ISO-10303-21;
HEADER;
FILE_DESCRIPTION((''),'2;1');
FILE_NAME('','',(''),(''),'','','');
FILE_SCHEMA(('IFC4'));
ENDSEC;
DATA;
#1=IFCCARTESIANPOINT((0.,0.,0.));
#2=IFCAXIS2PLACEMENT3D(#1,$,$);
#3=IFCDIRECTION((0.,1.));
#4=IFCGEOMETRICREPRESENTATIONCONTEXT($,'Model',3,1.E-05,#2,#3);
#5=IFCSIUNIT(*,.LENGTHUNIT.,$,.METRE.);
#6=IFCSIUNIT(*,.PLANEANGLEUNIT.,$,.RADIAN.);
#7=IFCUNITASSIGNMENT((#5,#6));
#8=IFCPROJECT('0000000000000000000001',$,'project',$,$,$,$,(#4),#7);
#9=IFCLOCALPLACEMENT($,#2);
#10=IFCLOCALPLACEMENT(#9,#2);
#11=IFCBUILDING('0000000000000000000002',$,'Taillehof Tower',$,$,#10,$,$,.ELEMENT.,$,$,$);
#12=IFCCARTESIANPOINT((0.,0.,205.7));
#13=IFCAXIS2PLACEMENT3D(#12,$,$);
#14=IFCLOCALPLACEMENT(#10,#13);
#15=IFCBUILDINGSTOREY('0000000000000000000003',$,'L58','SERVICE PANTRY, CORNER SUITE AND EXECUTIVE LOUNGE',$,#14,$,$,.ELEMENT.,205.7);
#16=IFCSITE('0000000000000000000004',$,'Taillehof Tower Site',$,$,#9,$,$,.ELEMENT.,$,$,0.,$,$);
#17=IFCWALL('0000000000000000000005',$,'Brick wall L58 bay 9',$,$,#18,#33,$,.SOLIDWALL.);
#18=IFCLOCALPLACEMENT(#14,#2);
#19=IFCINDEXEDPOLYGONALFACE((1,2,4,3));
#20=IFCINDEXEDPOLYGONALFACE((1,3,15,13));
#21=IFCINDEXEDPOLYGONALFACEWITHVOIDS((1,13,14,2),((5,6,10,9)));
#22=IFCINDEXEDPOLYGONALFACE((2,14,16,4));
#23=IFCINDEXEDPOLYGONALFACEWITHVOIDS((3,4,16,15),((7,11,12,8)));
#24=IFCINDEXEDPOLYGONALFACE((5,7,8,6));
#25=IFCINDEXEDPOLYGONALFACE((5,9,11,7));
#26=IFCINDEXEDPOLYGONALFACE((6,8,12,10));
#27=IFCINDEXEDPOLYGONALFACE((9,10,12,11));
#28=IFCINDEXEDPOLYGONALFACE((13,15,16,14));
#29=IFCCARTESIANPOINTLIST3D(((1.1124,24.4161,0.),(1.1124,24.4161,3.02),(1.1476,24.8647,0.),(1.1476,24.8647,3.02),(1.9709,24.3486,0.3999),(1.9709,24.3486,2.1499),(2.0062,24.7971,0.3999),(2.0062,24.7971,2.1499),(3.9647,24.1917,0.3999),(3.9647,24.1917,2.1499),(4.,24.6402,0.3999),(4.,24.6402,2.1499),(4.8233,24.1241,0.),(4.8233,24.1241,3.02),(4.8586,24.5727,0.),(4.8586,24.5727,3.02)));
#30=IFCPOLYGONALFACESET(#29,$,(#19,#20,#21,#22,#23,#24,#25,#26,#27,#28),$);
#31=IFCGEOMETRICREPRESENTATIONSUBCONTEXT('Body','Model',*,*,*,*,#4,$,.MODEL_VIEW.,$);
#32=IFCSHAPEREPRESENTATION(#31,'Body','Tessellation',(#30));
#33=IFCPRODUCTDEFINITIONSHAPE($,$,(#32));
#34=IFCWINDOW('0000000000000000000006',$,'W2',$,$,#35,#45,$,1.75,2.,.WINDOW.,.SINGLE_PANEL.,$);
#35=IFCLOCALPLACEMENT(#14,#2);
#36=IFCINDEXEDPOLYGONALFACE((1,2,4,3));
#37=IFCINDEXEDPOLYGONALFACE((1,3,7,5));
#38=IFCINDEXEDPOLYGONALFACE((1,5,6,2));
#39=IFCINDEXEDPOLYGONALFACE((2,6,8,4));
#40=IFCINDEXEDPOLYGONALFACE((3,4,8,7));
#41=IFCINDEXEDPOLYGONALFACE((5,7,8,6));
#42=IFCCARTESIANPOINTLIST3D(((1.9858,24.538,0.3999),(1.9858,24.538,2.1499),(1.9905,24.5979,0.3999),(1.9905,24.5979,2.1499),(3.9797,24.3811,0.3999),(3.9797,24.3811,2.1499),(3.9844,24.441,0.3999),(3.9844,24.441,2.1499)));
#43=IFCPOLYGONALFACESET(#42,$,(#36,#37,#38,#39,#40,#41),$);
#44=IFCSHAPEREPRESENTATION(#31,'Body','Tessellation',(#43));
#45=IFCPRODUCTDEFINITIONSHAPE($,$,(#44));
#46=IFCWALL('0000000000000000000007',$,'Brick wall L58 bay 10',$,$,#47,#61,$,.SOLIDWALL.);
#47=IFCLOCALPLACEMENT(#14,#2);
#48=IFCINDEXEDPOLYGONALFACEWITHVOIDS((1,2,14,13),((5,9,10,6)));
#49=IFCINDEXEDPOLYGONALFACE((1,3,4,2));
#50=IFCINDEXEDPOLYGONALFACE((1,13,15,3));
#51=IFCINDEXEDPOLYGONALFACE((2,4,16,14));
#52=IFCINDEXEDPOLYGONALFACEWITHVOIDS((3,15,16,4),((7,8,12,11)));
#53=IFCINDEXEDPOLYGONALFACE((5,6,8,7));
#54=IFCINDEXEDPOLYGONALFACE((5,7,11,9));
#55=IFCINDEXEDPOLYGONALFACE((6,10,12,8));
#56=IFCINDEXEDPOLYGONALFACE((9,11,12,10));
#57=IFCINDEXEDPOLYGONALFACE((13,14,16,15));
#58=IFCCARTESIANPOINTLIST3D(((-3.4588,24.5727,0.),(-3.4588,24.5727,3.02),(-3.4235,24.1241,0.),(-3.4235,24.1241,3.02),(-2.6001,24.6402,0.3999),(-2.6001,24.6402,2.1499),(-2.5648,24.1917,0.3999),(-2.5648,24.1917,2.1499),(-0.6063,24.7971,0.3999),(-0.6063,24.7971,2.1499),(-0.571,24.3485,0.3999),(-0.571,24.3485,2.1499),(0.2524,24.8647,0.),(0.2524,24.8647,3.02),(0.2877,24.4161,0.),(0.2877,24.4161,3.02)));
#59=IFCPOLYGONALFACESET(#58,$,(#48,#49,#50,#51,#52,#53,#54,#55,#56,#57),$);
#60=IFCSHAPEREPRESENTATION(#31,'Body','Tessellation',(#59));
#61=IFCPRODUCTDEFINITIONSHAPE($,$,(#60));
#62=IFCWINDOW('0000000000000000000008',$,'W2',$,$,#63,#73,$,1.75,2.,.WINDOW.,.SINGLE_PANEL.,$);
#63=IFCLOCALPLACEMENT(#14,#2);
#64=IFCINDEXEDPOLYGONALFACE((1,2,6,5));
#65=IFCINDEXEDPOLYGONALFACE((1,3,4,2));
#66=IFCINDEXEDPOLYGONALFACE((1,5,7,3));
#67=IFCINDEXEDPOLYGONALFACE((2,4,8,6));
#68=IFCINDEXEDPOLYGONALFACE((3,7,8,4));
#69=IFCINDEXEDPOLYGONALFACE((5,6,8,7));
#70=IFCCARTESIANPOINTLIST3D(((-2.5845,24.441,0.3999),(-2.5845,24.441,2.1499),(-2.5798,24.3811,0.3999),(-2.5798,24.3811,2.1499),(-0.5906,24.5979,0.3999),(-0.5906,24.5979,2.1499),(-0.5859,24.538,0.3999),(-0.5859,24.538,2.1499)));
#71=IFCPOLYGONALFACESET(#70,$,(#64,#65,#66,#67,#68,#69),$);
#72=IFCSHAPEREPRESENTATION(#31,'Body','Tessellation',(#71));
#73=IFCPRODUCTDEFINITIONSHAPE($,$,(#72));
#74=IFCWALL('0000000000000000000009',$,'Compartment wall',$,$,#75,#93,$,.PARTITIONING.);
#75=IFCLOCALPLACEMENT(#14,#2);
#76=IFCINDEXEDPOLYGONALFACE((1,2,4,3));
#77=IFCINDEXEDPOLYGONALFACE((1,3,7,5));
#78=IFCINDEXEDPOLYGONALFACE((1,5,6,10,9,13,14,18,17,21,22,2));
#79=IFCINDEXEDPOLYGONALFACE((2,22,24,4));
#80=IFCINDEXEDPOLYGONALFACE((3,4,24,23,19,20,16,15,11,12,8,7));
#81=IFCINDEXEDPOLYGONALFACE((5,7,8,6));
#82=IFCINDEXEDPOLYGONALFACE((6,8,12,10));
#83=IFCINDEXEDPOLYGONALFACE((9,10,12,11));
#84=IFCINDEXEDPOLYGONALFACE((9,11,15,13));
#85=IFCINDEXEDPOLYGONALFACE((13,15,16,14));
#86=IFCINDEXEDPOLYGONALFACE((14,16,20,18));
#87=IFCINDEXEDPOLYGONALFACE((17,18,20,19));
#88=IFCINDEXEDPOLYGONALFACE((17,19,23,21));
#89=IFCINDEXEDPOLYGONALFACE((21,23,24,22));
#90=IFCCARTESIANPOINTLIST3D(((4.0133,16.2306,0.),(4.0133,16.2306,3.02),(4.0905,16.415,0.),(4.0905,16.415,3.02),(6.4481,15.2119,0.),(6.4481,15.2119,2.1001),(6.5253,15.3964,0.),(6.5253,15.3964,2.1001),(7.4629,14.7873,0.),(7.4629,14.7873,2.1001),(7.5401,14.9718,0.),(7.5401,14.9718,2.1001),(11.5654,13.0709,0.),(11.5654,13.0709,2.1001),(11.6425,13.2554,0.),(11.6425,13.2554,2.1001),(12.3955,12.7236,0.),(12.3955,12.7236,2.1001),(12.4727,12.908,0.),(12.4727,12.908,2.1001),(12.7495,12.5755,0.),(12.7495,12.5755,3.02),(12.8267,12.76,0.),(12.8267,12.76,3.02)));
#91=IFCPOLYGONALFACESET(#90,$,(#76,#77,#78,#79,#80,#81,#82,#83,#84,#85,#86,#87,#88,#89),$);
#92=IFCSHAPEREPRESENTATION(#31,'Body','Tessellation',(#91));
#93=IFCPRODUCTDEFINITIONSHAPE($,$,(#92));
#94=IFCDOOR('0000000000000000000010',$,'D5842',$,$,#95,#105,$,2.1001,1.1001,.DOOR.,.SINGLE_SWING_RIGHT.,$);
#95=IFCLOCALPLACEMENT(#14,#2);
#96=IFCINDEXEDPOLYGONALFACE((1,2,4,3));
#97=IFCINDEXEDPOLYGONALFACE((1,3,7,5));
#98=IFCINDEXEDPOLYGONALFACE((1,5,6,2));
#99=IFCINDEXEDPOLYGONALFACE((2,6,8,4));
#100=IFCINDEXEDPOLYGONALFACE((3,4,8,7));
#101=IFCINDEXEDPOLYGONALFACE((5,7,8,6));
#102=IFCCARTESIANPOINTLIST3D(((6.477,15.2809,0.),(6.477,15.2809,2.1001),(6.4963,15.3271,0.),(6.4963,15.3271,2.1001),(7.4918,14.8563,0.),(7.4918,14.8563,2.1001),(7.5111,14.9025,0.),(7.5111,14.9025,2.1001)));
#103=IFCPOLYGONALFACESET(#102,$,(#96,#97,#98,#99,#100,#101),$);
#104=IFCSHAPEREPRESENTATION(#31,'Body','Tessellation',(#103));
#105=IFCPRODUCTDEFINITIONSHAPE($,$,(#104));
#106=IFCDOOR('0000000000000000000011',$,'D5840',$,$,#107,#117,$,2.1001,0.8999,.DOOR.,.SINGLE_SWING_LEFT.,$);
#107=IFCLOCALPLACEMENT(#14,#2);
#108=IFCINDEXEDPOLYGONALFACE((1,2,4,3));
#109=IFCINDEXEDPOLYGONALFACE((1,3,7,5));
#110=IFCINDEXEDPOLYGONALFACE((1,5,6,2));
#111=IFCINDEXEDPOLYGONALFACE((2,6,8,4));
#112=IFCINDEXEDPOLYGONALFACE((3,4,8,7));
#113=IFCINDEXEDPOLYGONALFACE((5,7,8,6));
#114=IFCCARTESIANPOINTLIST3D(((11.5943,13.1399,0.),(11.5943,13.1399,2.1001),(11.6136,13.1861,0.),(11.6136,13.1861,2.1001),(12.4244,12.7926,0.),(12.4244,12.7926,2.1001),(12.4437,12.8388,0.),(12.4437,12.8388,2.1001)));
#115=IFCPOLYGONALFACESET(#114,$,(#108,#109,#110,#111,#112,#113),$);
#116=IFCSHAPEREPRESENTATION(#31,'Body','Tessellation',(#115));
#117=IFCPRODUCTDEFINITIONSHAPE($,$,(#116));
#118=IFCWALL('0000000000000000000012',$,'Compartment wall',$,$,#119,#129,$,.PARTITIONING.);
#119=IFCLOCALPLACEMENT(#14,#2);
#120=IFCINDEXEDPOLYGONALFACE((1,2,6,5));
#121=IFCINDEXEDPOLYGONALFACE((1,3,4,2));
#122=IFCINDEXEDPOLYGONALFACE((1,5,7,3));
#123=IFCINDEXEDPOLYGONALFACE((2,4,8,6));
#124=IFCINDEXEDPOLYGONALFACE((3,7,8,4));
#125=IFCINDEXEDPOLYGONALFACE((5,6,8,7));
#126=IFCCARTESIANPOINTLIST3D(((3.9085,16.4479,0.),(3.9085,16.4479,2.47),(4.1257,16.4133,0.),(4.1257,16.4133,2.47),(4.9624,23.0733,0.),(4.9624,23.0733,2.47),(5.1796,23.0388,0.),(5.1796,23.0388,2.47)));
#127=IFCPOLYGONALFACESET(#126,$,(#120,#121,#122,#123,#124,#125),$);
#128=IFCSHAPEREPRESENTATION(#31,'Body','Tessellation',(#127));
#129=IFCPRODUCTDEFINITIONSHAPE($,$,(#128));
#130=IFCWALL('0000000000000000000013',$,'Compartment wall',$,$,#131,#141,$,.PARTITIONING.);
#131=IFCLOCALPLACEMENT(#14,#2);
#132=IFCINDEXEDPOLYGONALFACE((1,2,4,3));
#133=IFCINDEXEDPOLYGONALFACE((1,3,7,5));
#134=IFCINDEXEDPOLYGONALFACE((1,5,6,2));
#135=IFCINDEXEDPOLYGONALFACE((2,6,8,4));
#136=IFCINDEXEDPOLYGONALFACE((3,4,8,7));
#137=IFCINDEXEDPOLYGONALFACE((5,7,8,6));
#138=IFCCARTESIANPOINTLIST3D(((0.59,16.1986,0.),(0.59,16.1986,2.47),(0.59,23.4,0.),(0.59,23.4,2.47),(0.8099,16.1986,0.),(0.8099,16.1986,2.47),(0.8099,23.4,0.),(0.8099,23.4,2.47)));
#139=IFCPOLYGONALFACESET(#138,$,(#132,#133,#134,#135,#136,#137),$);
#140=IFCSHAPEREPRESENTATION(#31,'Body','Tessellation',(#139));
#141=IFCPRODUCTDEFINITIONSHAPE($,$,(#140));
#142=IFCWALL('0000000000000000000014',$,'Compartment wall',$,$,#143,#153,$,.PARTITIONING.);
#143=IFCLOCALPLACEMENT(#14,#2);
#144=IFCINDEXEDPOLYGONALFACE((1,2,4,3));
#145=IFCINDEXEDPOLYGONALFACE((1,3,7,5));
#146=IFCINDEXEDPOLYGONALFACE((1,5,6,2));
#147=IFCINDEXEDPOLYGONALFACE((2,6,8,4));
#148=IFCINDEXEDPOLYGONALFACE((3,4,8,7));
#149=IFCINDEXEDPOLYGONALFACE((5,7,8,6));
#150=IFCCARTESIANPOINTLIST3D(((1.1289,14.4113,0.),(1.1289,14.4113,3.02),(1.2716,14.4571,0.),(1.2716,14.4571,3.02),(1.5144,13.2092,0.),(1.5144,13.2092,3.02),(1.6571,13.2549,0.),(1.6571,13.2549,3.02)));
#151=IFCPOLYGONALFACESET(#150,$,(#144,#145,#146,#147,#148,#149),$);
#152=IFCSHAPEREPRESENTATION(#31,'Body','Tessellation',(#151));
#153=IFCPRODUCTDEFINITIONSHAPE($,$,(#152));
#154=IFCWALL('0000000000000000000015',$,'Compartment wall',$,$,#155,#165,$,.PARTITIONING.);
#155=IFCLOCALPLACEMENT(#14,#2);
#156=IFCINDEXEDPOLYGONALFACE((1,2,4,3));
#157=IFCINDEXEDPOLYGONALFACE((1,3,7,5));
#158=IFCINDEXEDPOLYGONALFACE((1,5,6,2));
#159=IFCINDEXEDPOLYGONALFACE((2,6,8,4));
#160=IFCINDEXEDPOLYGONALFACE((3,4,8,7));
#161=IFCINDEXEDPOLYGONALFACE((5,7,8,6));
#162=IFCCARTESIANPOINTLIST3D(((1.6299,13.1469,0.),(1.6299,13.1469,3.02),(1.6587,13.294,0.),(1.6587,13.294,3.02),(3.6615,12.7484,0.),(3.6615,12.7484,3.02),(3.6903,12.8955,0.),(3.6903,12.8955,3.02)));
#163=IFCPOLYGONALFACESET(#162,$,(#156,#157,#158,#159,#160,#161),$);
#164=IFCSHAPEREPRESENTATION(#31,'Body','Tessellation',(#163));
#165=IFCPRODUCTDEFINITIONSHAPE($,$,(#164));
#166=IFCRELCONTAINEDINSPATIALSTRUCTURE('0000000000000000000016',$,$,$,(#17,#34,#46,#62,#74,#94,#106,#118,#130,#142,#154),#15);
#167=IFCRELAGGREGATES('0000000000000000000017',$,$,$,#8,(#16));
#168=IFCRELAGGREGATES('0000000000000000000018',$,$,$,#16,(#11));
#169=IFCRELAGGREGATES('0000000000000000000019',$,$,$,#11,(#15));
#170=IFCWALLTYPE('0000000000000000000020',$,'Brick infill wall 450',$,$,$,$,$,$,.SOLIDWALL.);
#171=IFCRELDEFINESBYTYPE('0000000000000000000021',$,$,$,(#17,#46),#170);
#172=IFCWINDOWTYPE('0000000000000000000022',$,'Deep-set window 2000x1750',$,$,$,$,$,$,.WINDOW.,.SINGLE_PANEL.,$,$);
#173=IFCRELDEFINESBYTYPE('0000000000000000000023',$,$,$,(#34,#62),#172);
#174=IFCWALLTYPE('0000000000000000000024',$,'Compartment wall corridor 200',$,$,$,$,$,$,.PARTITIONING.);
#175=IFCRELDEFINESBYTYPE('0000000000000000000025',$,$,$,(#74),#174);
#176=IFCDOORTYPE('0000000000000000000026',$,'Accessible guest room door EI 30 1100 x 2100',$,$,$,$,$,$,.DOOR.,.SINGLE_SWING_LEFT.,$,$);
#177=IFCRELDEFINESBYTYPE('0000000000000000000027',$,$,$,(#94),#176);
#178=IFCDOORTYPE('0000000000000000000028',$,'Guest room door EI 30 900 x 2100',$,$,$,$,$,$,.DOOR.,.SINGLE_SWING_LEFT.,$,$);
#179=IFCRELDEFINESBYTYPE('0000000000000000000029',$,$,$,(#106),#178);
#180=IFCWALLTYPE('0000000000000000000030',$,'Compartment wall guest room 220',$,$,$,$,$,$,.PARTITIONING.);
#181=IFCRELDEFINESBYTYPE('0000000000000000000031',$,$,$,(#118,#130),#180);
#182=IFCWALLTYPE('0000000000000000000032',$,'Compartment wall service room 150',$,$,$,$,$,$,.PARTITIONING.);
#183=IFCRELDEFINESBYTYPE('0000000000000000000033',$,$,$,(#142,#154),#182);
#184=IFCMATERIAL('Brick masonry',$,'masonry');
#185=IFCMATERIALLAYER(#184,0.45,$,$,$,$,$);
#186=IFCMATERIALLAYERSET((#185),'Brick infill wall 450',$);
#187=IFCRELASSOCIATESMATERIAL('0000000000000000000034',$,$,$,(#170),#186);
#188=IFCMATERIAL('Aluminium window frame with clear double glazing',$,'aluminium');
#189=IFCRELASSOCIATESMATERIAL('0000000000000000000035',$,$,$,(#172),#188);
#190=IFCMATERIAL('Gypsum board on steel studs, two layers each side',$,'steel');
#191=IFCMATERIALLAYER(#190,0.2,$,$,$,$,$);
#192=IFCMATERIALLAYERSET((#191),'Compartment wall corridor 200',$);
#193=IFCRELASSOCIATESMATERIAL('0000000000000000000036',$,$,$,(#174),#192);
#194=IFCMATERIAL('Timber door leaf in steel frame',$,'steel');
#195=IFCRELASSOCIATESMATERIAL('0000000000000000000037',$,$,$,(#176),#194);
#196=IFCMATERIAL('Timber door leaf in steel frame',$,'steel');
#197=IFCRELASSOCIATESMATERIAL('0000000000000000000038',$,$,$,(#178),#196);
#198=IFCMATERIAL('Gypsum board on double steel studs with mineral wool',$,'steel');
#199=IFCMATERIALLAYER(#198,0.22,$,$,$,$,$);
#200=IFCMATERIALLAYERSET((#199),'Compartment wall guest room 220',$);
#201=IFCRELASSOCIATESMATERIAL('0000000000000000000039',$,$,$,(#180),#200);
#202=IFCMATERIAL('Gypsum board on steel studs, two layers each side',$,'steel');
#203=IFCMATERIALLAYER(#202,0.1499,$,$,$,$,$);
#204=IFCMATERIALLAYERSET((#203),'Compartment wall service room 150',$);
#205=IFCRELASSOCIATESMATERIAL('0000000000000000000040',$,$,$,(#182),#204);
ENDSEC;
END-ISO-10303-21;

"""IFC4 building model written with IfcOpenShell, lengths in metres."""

from ifc_helpers import new_model, si_unit, direction, frame, frame_2d, origin, place, context, subcontext, project, spatial, rectangle, extrude, material, layer, layer_set, type_object, element, fill, save


model = new_model("IFC4")

# Units and contexts
model_context = context("Model", 3, precision=1e-05, world=origin(), true_north=direction((0.0, 1.0)))
body_context = subcontext(model_context, "Body", "Model", "MODEL_VIEW")
ifc_project = project(units=[si_unit("LENGTHUNIT", "METRE"), si_unit("PLANEANGLEUNIT", "RADIAN")], contexts=[model_context])

# Site, building, storey
site_placement = place(None, origin())
site = spatial("IfcSite", under=ifc_project, at=site_placement, Name="Taillehof Tower Site", CompositionType="ELEMENT", RefElevation=0.0)
building_placement = place(site_placement, origin())
building = spatial("IfcBuilding", under=site, at=building_placement, Name="Taillehof Tower", CompositionType="ELEMENT")
storey_placement = place(building_placement, frame((0.0, 0.0, 205.7)))
storey = spatial("IfcBuildingStorey", under=building, at=storey_placement, Name="L58", Description="SERVICE PANTRY, CORNER SUITE AND EXECUTIVE LOUNGE", CompositionType="ELEMENT", Elevation=205.7)

# Walls, openings, windows
ifc_material_1 = material(Name="Brick masonry", Category="masonry")
ifc_layer_1 = layer(ifc_material_1, 0.45)
ifc_layer_set_1 = layer_set([ifc_layer_1], Name="Brick infill wall 450")
wall_type_1 = type_object("IfcWallType", Name="Brick infill wall 450", PredefinedType="SOLIDWALL", material=ifc_layer_set_1)
ifc_material_2 = material(Name="Aluminium window frame with clear double glazing", Category="aluminium")
window_type = type_object("IfcWindowType", Name="Deep-set window 2000x1750", PartitioningType="SINGLE_PANEL", PredefinedType="WINDOW", material=ifc_material_2)
wall_1_placement = place(storey_placement, frame((4.8411, 24.3484, 0.0), z_axis=(0.0, 0.0, 1.0), x_axis=(-0.996919, 0.078442, 0.0)))
wall_1 = element("IfcWall", 1, at=wall_1_placement, inside=storey, type_object=wall_type_1, Name="Brick wall L58 bay 9", PredefinedType="SOLIDWALL", context=body_context, shape_type="SweptSolid", body=[
    extrude(rectangle(XDim=3.7224, YDim=0.45, at=frame_2d((1.8613, 0.0))), origin(), (0.0, 0.0, 1.0), 3.02),
])
opening_1_placement = place(wall_1_placement, frame((0.8613, 0.0, 0.3999)))
opening_1 = element("IfcOpeningElement", 2, at=opening_1_placement, cuts=wall_1, PredefinedType="OPENING", context=body_context, shape_type="SweptSolid", body=[
    extrude(rectangle(XDim=2.0, YDim=1.75, at=frame_2d((1.0, 0.875))), frame((0.0, 0.2349, 0.0), z_axis=(0.0, -1.0, 0.0), x_axis=(1.0, 0.0, 0.0)), (0.0, 0.0, 1.0), 0.47),
])
window_1_placement = place(opening_1_placement, origin())
window_1 = element("IfcWindow", 3, at=window_1_placement, inside=storey, type_object=window_type, Name="W2", OverallHeight=1.75, OverallWidth=2.0, PartitioningType="SINGLE_PANEL", PredefinedType="WINDOW", context=body_context, shape_type="SweptSolid", body=[
    extrude(rectangle(XDim=2.0, YDim=1.75, at=frame_2d((1.0, 0.875))), frame((0.0, 0.0349, 0.0), z_axis=(0.0, -1.0, 0.0), x_axis=(1.0, 0.0, 0.0)), (0.0, 0.0, 1.0), 0.0601),
])
fill(opening_1, window_1)
wall_2_placement = place(storey_placement, frame((0.27, 24.6404, 0.0), z_axis=(0.0, 0.0, 1.0), x_axis=(-0.996919, -0.078437, 0.0)))
wall_2 = element("IfcWall", 4, at=wall_2_placement, inside=storey, type_object=wall_type_1, Name="Brick wall L58 bay 10", PredefinedType="SOLIDWALL", context=body_context, shape_type="SweptSolid", body=[
    extrude(rectangle(XDim=3.7227, YDim=0.45, at=frame_2d((1.8613, 0.0))), origin(), (0.0, 0.0, 1.0), 3.02),
])
opening_2_placement = place(wall_2_placement, frame((0.8613, 0.0, 0.3999)))
opening_2 = element("IfcOpeningElement", 5, at=opening_2_placement, cuts=wall_2, PredefinedType="OPENING", context=body_context, shape_type="SweptSolid", body=[
    extrude(rectangle(XDim=2.0, YDim=1.75, at=frame_2d((1.0, 0.875))), frame((0.0, 0.2349, 0.0), z_axis=(0.0, -1.0, 0.0), x_axis=(1.0, 0.0, 0.0)), (0.0, 0.0, 1.0), 0.47),
])
window_2_placement = place(opening_2_placement, origin())
window_2 = element("IfcWindow", 6, at=window_2_placement, inside=storey, type_object=window_type, Name="W2", OverallHeight=1.75, OverallWidth=2.0, PartitioningType="SINGLE_PANEL", PredefinedType="WINDOW", context=body_context, shape_type="SweptSolid", body=[
    extrude(rectangle(XDim=2.0, YDim=1.75, at=frame_2d((1.0, 0.875))), frame((0.0, 0.0349, 0.0), z_axis=(0.0, -1.0, 0.0), x_axis=(1.0, 0.0, 0.0)), (0.0, 0.0, 1.0), 0.0601),
])
fill(opening_2, window_2)

# Wall, openings, doors
ifc_material_3 = material(Name="Gypsum board on steel studs, two layers each side", Category="steel")
ifc_layer_2 = layer(ifc_material_3, 0.2)
ifc_layer_set_2 = layer_set([ifc_layer_2], Name="Compartment wall corridor 200")
wall_type_2 = type_object("IfcWallType", Name="Compartment wall corridor 200", PredefinedType="PARTITIONING", material=ifc_layer_set_2)
wall_3_placement = place(storey_placement, frame((4.052, 16.3228, 0.0), z_axis=(0.0, 0.0, 1.0), x_axis=(0.922514, -0.385964, 0.0)))
wall_3 = element("IfcWall", 7, at=wall_3_placement, inside=storey, type_object=wall_type_2, Name="Compartment wall", PredefinedType="PARTITIONING", context=body_context, shape_type="SweptSolid", body=[
    extrude(rectangle(XDim=9.47, YDim=0.2, at=frame_2d((4.7349, 0.0))), origin(), (0.0, 0.0, 1.0), 3.02),
])
opening_3_placement = place(wall_3_placement, frame((8.1863, 0.0, 0.0)))
opening_3 = element("IfcOpeningElement", 8, at=opening_3_placement, cuts=wall_3, PredefinedType="OPENING", context=body_context, shape_type="SweptSolid", body=[
    extrude(rectangle(XDim=0.8999, YDim=2.1001, at=frame_2d((0.45, 1.05))), frame((0.0, 0.1099, 0.0), z_axis=(0.0, -1.0, 0.0), x_axis=(1.0, 0.0, 0.0)), (0.0, 0.0, 1.0), 0.22),
])
opening_4_placement = place(wall_3_placement, frame((2.6392, 0.0, 0.0)))
opening_4 = element("IfcOpeningElement", 9, at=opening_4_placement, cuts=wall_3, PredefinedType="OPENING", context=body_context, shape_type="SweptSolid", body=[
    extrude(rectangle(XDim=1.1001, YDim=2.1001, at=frame_2d((0.55, 1.05))), frame((0.0, 0.1099, 0.0), z_axis=(0.0, -1.0, 0.0), x_axis=(1.0, 0.0, 0.0)), (0.0, 0.0, 1.0), 0.22),
])
ifc_material_4 = material(Name="Timber door leaf in steel frame", Category="steel")
door_type_1 = type_object("IfcDoorType", Name="Accessible guest room door EI 30 1100 x 2100", OperationType="SINGLE_SWING_LEFT", PredefinedType="DOOR", material=ifc_material_4)
door_1_placement = place(opening_4_placement, origin())
door_1 = element("IfcDoor", 10, at=door_1_placement, inside=storey, type_object=door_type_1, Name="D5842", OperationType="SINGLE_SWING_RIGHT", OverallHeight=2.1001, OverallWidth=1.1001, PredefinedType="DOOR", context=body_context, shape_type="SweptSolid", body=[
    extrude(rectangle(XDim=1.1001, YDim=2.1001, at=frame_2d((0.55, 1.05))), frame((0.0, 0.0249, 0.0), z_axis=(0.0, -1.0, 0.0), x_axis=(1.0, 0.0, 0.0)), (0.0, 0.0, 1.0), 0.05),
])
fill(opening_4, door_1)
ifc_material_5 = material(Name="Timber door leaf in steel frame", Category="steel")
door_type_2 = type_object("IfcDoorType", Name="Guest room door EI 30 900 x 2100", OperationType="SINGLE_SWING_LEFT", PredefinedType="DOOR", material=ifc_material_5)
door_2_placement = place(opening_3_placement, origin())
door_2 = element("IfcDoor", 11, at=door_2_placement, inside=storey, type_object=door_type_2, Name="D5840", OperationType="SINGLE_SWING_LEFT", OverallHeight=2.1001, OverallWidth=0.8999, PredefinedType="DOOR", context=body_context, shape_type="SweptSolid", body=[
    extrude(rectangle(XDim=0.8999, YDim=2.1001, at=frame_2d((0.45, 1.05))), frame((0.0, 0.0249, 0.0), z_axis=(0.0, -1.0, 0.0), x_axis=(1.0, 0.0, 0.0)), (0.0, 0.0, 1.0), 0.05),
])
fill(opening_3, door_2)

# Walls
ifc_material_6 = material(Name="Gypsum board on double steel studs with mineral wool", Category="steel")
ifc_layer_3 = layer(ifc_material_6, 0.22)
ifc_layer_set_3 = layer_set([ifc_layer_3], Name="Compartment wall guest room 220")
wall_type_3 = type_object("IfcWallType", Name="Compartment wall guest room 220", PredefinedType="PARTITIONING", material=ifc_layer_set_3)
wall_4_placement = place(storey_placement, frame((5.071, 23.0562, 0.0), z_axis=(0.0, 0.0, 1.0), x_axis=(-0.157101, -0.987583, 0.0)))
element("IfcWall", 12, at=wall_4_placement, inside=storey, type_object=wall_type_3, Name="Compartment wall", PredefinedType="PARTITIONING", context=body_context, shape_type="SweptSolid", body=[
    extrude(rectangle(XDim=6.7087, YDim=0.22, at=frame_2d((3.3545, 0.0))), origin(), (0.0, 0.0, 1.0), 2.47),
])
wall_5_placement = place(storey_placement, frame((0.7, 23.3999, 0.0), z_axis=(0.0, 0.0, 1.0), x_axis=(0.0, -1.0, 0.0)))
element("IfcWall", 13, at=wall_5_placement, inside=storey, type_object=wall_type_3, Name="Compartment wall", PredefinedType="PARTITIONING", context=body_context, shape_type="SweptSolid", body=[
    extrude(rectangle(XDim=7.2014, YDim=0.22, at=frame_2d((3.6006, 0.0))), origin(), (0.0, 0.0, 1.0), 2.47),
])
ifc_material_7 = material(Name="Gypsum board on steel studs, two layers each side", Category="steel")
ifc_layer_4 = layer(ifc_material_7, 0.1499)
ifc_layer_set_4 = layer_set([ifc_layer_4], Name="Compartment wall service room 150")
wall_type_4 = type_object("IfcWallType", Name="Compartment wall service room 150", PredefinedType="PARTITIONING", material=ifc_layer_set_4)
wall_6_placement = place(storey_placement, frame((1.2002, 14.4343, 0.0), z_axis=(0.0, 0.0, 1.0), x_axis=(0.305358, -0.952238, 0.0)))
element("IfcWall", 14, at=wall_6_placement, inside=storey, type_object=wall_type_4, Name="Compartment wall", PredefinedType="PARTITIONING", context=body_context, shape_type="SweptSolid", body=[
    extrude(rectangle(XDim=1.2625, YDim=0.1499, at=frame_2d((0.6313, 0.0))), origin(), (0.0, 0.0, 1.0), 3.02),
])
wall_7_placement = place(storey_placement, frame((1.6443, 13.2205, 0.0), z_axis=(0.0, 0.0, 1.0), x_axis=(0.981304, -0.192463, 0.0)))
element("IfcWall", 15, at=wall_7_placement, inside=storey, type_object=wall_type_4, Name="Compartment wall", PredefinedType="PARTITIONING", context=body_context, shape_type="SweptSolid", body=[
    extrude(rectangle(XDim=2.0703, YDim=0.1499, at=frame_2d((1.0352, 0.0))), origin(), (0.0, 0.0, 1.0), 3.02),
])

save(model, "model.ifc")
